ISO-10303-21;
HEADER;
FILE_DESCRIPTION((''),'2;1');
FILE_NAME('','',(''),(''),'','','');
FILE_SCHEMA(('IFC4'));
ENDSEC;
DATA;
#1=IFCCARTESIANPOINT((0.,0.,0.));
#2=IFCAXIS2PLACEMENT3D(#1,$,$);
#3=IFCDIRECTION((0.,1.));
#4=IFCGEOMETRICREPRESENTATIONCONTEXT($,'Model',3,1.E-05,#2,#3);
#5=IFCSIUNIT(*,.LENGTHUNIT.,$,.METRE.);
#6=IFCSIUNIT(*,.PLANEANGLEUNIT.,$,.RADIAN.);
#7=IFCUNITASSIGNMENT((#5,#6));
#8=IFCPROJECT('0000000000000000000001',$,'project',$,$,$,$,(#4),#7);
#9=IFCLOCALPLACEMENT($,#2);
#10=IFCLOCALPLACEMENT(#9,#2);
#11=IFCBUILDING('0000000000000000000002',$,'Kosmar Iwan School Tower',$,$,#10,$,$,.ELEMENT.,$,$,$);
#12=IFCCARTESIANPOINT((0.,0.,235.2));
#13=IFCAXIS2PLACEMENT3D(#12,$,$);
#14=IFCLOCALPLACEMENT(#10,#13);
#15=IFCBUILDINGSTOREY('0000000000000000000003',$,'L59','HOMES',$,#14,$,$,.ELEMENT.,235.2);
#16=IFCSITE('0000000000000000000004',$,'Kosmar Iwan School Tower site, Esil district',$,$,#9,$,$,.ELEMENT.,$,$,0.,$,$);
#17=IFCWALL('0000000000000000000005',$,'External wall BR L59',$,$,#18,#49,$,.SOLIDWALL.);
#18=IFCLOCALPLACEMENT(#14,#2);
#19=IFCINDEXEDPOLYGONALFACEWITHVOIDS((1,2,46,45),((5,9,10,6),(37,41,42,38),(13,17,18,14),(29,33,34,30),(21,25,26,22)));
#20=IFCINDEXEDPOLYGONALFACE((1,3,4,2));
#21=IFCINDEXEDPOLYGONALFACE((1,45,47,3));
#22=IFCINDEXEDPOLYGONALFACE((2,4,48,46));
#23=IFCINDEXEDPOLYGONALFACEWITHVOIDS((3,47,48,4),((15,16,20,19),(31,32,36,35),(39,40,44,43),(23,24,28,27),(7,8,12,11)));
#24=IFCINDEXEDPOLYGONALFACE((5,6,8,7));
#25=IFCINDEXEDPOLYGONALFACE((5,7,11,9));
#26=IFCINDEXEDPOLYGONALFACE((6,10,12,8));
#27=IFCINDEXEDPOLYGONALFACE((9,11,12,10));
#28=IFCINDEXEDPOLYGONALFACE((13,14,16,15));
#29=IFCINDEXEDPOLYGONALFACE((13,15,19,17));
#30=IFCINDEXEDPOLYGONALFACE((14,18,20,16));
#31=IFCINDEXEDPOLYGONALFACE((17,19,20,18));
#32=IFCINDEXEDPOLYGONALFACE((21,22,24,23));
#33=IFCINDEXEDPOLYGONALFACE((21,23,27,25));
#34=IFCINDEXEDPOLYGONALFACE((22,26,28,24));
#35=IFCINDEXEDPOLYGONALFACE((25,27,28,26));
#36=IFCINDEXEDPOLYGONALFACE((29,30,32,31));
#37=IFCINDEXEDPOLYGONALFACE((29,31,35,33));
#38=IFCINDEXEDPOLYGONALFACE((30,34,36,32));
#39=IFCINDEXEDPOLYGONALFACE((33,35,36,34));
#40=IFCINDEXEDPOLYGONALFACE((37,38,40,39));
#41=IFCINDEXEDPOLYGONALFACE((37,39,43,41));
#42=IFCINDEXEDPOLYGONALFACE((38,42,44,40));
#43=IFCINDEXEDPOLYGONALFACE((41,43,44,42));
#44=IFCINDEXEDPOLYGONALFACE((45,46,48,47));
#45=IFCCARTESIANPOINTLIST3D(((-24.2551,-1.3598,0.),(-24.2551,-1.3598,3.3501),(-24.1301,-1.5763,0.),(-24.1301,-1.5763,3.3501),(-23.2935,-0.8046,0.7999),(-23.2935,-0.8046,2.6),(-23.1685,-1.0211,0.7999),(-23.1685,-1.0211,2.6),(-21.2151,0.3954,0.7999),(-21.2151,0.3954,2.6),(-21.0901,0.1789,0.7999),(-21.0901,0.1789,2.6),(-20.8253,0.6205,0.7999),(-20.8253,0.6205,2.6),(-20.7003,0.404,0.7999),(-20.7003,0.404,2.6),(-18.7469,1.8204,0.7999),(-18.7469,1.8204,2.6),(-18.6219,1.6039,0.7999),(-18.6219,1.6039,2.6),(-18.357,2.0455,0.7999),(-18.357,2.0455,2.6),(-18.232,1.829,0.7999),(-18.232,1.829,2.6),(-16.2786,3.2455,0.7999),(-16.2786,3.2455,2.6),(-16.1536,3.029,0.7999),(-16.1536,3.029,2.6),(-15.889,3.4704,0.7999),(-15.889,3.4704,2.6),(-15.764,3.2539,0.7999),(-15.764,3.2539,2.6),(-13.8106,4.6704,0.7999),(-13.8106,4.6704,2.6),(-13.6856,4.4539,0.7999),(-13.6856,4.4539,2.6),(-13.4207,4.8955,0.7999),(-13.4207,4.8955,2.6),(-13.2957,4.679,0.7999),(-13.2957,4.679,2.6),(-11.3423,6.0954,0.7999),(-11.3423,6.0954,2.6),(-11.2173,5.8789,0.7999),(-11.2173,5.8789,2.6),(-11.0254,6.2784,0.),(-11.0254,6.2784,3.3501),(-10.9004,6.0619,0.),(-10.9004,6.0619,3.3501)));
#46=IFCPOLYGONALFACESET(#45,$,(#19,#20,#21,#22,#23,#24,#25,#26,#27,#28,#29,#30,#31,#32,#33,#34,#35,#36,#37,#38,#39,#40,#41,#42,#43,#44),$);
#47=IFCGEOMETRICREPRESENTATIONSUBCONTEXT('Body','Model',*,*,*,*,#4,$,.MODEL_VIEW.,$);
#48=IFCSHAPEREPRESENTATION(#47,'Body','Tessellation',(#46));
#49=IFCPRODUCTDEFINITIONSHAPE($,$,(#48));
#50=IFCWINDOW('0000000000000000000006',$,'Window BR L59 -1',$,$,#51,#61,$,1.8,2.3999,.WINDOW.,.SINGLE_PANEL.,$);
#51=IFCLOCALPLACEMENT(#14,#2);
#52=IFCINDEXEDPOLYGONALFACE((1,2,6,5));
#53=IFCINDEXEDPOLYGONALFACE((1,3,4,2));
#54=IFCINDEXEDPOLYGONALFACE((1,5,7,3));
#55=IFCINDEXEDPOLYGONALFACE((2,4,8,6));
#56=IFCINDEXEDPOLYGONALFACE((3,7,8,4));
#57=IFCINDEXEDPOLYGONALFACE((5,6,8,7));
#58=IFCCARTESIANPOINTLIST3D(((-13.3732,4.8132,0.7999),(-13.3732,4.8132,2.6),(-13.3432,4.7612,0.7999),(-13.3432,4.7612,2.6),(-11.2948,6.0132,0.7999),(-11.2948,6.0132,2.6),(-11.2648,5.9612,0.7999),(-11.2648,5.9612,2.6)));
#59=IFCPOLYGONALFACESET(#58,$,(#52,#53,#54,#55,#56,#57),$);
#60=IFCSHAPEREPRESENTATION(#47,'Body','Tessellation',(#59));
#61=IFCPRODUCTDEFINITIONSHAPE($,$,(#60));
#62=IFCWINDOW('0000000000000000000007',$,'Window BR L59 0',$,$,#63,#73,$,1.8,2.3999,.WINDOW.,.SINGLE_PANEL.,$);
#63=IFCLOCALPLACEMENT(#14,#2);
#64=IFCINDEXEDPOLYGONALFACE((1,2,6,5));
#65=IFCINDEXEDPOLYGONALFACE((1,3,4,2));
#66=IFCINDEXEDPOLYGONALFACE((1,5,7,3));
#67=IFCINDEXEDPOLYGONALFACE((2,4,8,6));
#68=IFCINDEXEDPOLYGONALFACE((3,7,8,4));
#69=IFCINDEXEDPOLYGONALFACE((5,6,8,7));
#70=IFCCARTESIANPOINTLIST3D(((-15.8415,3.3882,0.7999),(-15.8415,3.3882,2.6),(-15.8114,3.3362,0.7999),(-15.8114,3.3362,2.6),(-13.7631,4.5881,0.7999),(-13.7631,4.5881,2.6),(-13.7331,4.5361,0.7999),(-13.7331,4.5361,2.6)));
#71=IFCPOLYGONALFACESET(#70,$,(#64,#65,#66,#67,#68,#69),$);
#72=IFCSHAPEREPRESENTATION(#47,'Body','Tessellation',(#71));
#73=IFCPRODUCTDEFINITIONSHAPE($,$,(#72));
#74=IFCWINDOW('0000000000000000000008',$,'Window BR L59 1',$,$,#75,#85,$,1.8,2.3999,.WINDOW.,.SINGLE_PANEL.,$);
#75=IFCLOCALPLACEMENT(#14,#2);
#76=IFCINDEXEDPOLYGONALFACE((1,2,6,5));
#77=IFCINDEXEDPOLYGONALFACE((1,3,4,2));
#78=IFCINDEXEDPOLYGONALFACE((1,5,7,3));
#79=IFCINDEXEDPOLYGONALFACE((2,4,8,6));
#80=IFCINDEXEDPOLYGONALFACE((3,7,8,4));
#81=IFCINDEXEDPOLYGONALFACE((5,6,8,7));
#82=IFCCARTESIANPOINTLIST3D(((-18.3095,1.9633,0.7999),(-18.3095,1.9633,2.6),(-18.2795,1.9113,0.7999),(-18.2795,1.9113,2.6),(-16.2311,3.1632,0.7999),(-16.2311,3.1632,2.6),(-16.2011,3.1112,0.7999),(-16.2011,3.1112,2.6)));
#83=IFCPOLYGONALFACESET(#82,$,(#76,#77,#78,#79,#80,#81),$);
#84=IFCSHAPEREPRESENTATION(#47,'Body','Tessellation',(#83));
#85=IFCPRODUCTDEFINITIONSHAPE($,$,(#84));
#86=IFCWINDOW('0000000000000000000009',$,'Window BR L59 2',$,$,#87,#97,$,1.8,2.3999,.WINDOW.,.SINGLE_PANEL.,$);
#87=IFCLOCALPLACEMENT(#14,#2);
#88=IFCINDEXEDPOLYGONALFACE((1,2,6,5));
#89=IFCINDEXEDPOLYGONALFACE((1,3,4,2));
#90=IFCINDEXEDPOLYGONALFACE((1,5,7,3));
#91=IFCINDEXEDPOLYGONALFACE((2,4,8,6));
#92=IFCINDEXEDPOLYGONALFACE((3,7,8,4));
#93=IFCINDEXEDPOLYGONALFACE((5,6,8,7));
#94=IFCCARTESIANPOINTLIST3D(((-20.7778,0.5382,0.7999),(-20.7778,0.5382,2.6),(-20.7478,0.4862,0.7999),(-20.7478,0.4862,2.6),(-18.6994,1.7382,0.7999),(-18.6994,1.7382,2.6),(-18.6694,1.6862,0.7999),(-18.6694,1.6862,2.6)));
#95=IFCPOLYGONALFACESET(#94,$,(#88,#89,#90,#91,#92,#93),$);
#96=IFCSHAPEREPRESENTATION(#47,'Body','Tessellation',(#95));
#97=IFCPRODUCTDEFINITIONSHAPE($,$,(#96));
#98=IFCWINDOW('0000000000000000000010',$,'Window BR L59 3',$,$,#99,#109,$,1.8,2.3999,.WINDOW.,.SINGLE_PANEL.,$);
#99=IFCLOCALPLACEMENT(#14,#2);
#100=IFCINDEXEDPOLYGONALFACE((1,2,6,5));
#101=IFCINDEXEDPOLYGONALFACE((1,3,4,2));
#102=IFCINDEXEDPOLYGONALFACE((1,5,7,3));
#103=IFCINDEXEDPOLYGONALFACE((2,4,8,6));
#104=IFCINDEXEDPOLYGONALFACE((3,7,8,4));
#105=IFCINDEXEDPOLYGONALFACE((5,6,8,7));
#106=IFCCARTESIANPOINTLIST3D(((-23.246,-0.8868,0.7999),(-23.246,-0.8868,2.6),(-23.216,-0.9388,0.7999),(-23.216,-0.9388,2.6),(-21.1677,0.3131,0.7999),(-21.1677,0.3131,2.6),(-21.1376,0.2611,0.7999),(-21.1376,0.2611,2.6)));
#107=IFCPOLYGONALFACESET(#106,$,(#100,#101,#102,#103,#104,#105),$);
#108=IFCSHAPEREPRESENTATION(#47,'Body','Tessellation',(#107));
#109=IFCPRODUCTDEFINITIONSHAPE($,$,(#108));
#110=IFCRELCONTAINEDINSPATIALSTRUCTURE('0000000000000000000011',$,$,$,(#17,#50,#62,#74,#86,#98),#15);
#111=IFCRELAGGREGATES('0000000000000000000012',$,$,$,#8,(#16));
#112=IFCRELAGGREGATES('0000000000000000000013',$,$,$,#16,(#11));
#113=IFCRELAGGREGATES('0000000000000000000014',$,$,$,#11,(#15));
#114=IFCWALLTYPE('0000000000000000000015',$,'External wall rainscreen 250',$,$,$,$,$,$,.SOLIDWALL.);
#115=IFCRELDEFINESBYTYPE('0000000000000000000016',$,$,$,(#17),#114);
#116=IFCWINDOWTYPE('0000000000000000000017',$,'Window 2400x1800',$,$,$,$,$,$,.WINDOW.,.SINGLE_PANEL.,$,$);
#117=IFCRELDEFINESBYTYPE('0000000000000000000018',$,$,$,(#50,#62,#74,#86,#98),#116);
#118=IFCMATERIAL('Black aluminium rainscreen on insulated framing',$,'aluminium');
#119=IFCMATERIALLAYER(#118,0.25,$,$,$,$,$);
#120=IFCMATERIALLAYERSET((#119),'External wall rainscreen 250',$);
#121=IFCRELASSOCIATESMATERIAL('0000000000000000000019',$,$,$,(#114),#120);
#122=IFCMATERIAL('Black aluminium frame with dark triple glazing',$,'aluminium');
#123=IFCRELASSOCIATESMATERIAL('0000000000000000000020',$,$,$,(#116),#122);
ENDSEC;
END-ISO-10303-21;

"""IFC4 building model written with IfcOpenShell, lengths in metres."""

from ifc_helpers import new_model, si_unit, direction, frame, frame_2d, origin, place, context, subcontext, project, spatial, rectangle, extrude, material, layer, layer_set, type_object, element, fill, save


model = new_model("IFC4")

# Units and contexts
model_context = context("Model", 3, precision=1e-05, world=origin(), true_north=direction((0.0, 1.0)))
body_context = subcontext(model_context, "Body", "Model", "MODEL_VIEW")
ifc_project = project(units=[si_unit("LENGTHUNIT", "METRE"), si_unit("PLANEANGLEUNIT", "RADIAN")], contexts=[model_context])

# Site, building, storey
site_placement = place(None, origin())
site = spatial("IfcSite", under=ifc_project, at=site_placement, Name="Kosmar Iwan School Tower site, Esil district", CompositionType="ELEMENT", RefElevation=0.0)
building_placement = place(site_placement, origin())
building = spatial("IfcBuilding", under=site, at=building_placement, Name="Kosmar Iwan School Tower", CompositionType="ELEMENT")
storey_placement = place(building_placement, frame((0.0, 0.0, 235.2)))
storey = spatial("IfcBuildingStorey", under=building, at=storey_placement, Name="L59", Description="HOMES", CompositionType="ELEMENT", Elevation=235.2)

# Wall, openings, windows
ifc_material_1 = material(Name="Black aluminium rainscreen on insulated framing", Category="aluminium")
ifc_layer_1 = layer(ifc_material_1, 0.25)
ifc_layer_set_1 = layer_set([ifc_layer_1], Name="External wall rainscreen 250")
wall_type_1 = type_object("IfcWallType", Name="External wall rainscreen 250", PredefinedType="SOLIDWALL", material=ifc_layer_set_1)
ifc_material_2 = material(Name="Black aluminium frame with dark triple glazing", Category="aluminium")
window_type = type_object("IfcWindowType", Name="Window 2400x1800", PartitioningType="SINGLE_PANEL", PredefinedType="WINDOW", material=ifc_material_2)
wall_1_placement = place(storey_placement, frame((-10.9629, 6.1702, 0.0), z_axis=(0.0, 0.0, 1.0), x_axis=(-0.866026, -0.5, 0.0)))
wall_1 = element("IfcWall", 1, at=wall_1_placement, inside=storey, type_object=wall_type_1, Name="External wall BR L59", PredefinedType="SOLIDWALL", context=body_context, shape_type="SweptSolid", body=[
    extrude(rectangle(XDim=15.2764, YDim=0.25, at=frame_2d((7.6382, 0.0))), origin(), (0.0, 0.0, 1.0), 3.3501),
])
opening_1_placement = place(wall_1_placement, frame((0.366, 0.0, 0.8)))
opening_1 = element("IfcOpeningElement", 2, at=opening_1_placement, cuts=wall_1, PredefinedType="OPENING", context=body_context, shape_type="SweptSolid", body=[
    extrude(rectangle(XDim=2.3999, YDim=1.8, at=frame_2d((1.2, 0.8999))), frame((0.0, 0.137, 0.0), z_axis=(0.0, -1.0, 0.0), x_axis=(1.0, 0.0, 0.0)), (0.0, 0.0, 1.0), 0.2739),
])
opening_2_placement = place(wall_1_placement, frame((3.2161, 0.0, 0.8)))
opening_2 = element("IfcOpeningElement", 3, at=opening_2_placement, cuts=wall_1, PredefinedType="OPENING", context=body_context, shape_type="SweptSolid", body=[
    extrude(rectangle(XDim=2.3999, YDim=1.8, at=frame_2d((1.2, 0.8999))), frame((0.0, 0.137, 0.0), z_axis=(0.0, -1.0, 0.0), x_axis=(1.0, 0.0, 0.0)), (0.0, 0.0, 1.0), 0.2739),
])
opening_3_placement = place(wall_1_placement, frame((6.0659, 0.0, 0.8)))
opening_3 = element("IfcOpeningElement", 4, at=opening_3_placement, cuts=wall_1, PredefinedType="OPENING", context=body_context, shape_type="SweptSolid", body=[
    extrude(rectangle(XDim=2.3999, YDim=1.8, at=frame_2d((1.2, 0.8999))), frame((0.0, 0.137, 0.0), z_axis=(0.0, -1.0, 0.0), x_axis=(1.0, 0.0, 0.0)), (0.0, 0.0, 1.0), 0.2739),
])
opening_4_placement = place(wall_1_placement, frame((8.916, 0.0, 0.8)))
opening_4 = element("IfcOpeningElement", 5, at=opening_4_placement, cuts=wall_1, PredefinedType="OPENING", context=body_context, shape_type="SweptSolid", body=[
    extrude(rectangle(XDim=2.3999, YDim=1.8, at=frame_2d((1.2, 0.8999))), frame((0.0, 0.137, 0.0), z_axis=(0.0, -1.0, 0.0), x_axis=(1.0, 0.0, 0.0)), (0.0, 0.0, 1.0), 0.2739),
])
opening_5_placement = place(wall_1_placement, frame((11.7661, 0.0, 0.8)))
opening_5 = element("IfcOpeningElement", 6, at=opening_5_placement, cuts=wall_1, PredefinedType="OPENING", context=body_context, shape_type="SweptSolid", body=[
    extrude(rectangle(XDim=2.3999, YDim=1.8, at=frame_2d((1.2, 0.8999))), frame((0.0, 0.137, 0.0), z_axis=(0.0, -1.0, 0.0), x_axis=(1.0, 0.0, 0.0)), (0.0, 0.0, 1.0), 0.2739),
])
window_1_placement = place(opening_1_placement, origin())
window_1 = element("IfcWindow", 7, at=window_1_placement, inside=storey, type_object=window_type, Name="Window BR L59 -1", OverallHeight=1.8, OverallWidth=2.3999, PartitioningType="SINGLE_PANEL", PredefinedType="WINDOW", context=body_context, shape_type="SweptSolid", body=[
    extrude(rectangle(XDim=2.3999, YDim=1.8, at=frame_2d((1.2, 0.8999))), frame((0.0, 0.03, 0.0), z_axis=(0.0, -1.0, 0.0), x_axis=(1.0, 0.0, 0.0)), (0.0, 0.0, 1.0), 0.0601),
])
fill(opening_1, window_1)
window_2_placement = place(opening_2_placement, origin())
window_2 = element("IfcWindow", 8, at=window_2_placement, inside=storey, type_object=window_type, Name="Window BR L59 0", OverallHeight=1.8, OverallWidth=2.3999, PartitioningType="SINGLE_PANEL", PredefinedType="WINDOW", context=body_context, shape_type="SweptSolid", body=[
    extrude(rectangle(XDim=2.3999, YDim=1.8, at=frame_2d((1.2, 0.8999))), frame((0.0, 0.03, 0.0), z_axis=(0.0, -1.0, 0.0), x_axis=(1.0, 0.0, 0.0)), (0.0, 0.0, 1.0), 0.0601),
])
fill(opening_2, window_2)
window_3_placement = place(opening_3_placement, origin())
window_3 = element("IfcWindow", 9, at=window_3_placement, inside=storey, type_object=window_type, Name="Window BR L59 1", OverallHeight=1.8, OverallWidth=2.3999, PartitioningType="SINGLE_PANEL", PredefinedType="WINDOW", context=body_context, shape_type="SweptSolid", body=[
    extrude(rectangle(XDim=2.3999, YDim=1.8, at=frame_2d((1.2, 0.8999))), frame((0.0, 0.03, 0.0), z_axis=(0.0, -1.0, 0.0), x_axis=(1.0, 0.0, 0.0)), (0.0, 0.0, 1.0), 0.0601),
])
fill(opening_3, window_3)
window_4_placement = place(opening_4_placement, origin())
window_4 = element("IfcWindow", 10, at=window_4_placement, inside=storey, type_object=window_type, Name="Window BR L59 2", OverallHeight=1.8, OverallWidth=2.3999, PartitioningType="SINGLE_PANEL", PredefinedType="WINDOW", context=body_context, shape_type="SweptSolid", body=[
    extrude(rectangle(XDim=2.3999, YDim=1.8, at=frame_2d((1.2, 0.8999))), frame((0.0, 0.03, 0.0), z_axis=(0.0, -1.0, 0.0), x_axis=(1.0, 0.0, 0.0)), (0.0, 0.0, 1.0), 0.0601),
])
fill(opening_4, window_4)
window_5_placement = place(opening_5_placement, origin())
window_5 = element("IfcWindow", 11, at=window_5_placement, inside=storey, type_object=window_type, Name="Window BR L59 3", OverallHeight=1.8, OverallWidth=2.3999, PartitioningType="SINGLE_PANEL", PredefinedType="WINDOW", context=body_context, shape_type="SweptSolid", body=[
    extrude(rectangle(XDim=2.3999, YDim=1.8, at=frame_2d((1.2, 0.8999))), frame((0.0, 0.03, 0.0), z_axis=(0.0, -1.0, 0.0), x_axis=(1.0, 0.0, 0.0)), (0.0, 0.0, 1.0), 0.0601),
])
fill(opening_5, window_5)

save(model, "model.ifc")
